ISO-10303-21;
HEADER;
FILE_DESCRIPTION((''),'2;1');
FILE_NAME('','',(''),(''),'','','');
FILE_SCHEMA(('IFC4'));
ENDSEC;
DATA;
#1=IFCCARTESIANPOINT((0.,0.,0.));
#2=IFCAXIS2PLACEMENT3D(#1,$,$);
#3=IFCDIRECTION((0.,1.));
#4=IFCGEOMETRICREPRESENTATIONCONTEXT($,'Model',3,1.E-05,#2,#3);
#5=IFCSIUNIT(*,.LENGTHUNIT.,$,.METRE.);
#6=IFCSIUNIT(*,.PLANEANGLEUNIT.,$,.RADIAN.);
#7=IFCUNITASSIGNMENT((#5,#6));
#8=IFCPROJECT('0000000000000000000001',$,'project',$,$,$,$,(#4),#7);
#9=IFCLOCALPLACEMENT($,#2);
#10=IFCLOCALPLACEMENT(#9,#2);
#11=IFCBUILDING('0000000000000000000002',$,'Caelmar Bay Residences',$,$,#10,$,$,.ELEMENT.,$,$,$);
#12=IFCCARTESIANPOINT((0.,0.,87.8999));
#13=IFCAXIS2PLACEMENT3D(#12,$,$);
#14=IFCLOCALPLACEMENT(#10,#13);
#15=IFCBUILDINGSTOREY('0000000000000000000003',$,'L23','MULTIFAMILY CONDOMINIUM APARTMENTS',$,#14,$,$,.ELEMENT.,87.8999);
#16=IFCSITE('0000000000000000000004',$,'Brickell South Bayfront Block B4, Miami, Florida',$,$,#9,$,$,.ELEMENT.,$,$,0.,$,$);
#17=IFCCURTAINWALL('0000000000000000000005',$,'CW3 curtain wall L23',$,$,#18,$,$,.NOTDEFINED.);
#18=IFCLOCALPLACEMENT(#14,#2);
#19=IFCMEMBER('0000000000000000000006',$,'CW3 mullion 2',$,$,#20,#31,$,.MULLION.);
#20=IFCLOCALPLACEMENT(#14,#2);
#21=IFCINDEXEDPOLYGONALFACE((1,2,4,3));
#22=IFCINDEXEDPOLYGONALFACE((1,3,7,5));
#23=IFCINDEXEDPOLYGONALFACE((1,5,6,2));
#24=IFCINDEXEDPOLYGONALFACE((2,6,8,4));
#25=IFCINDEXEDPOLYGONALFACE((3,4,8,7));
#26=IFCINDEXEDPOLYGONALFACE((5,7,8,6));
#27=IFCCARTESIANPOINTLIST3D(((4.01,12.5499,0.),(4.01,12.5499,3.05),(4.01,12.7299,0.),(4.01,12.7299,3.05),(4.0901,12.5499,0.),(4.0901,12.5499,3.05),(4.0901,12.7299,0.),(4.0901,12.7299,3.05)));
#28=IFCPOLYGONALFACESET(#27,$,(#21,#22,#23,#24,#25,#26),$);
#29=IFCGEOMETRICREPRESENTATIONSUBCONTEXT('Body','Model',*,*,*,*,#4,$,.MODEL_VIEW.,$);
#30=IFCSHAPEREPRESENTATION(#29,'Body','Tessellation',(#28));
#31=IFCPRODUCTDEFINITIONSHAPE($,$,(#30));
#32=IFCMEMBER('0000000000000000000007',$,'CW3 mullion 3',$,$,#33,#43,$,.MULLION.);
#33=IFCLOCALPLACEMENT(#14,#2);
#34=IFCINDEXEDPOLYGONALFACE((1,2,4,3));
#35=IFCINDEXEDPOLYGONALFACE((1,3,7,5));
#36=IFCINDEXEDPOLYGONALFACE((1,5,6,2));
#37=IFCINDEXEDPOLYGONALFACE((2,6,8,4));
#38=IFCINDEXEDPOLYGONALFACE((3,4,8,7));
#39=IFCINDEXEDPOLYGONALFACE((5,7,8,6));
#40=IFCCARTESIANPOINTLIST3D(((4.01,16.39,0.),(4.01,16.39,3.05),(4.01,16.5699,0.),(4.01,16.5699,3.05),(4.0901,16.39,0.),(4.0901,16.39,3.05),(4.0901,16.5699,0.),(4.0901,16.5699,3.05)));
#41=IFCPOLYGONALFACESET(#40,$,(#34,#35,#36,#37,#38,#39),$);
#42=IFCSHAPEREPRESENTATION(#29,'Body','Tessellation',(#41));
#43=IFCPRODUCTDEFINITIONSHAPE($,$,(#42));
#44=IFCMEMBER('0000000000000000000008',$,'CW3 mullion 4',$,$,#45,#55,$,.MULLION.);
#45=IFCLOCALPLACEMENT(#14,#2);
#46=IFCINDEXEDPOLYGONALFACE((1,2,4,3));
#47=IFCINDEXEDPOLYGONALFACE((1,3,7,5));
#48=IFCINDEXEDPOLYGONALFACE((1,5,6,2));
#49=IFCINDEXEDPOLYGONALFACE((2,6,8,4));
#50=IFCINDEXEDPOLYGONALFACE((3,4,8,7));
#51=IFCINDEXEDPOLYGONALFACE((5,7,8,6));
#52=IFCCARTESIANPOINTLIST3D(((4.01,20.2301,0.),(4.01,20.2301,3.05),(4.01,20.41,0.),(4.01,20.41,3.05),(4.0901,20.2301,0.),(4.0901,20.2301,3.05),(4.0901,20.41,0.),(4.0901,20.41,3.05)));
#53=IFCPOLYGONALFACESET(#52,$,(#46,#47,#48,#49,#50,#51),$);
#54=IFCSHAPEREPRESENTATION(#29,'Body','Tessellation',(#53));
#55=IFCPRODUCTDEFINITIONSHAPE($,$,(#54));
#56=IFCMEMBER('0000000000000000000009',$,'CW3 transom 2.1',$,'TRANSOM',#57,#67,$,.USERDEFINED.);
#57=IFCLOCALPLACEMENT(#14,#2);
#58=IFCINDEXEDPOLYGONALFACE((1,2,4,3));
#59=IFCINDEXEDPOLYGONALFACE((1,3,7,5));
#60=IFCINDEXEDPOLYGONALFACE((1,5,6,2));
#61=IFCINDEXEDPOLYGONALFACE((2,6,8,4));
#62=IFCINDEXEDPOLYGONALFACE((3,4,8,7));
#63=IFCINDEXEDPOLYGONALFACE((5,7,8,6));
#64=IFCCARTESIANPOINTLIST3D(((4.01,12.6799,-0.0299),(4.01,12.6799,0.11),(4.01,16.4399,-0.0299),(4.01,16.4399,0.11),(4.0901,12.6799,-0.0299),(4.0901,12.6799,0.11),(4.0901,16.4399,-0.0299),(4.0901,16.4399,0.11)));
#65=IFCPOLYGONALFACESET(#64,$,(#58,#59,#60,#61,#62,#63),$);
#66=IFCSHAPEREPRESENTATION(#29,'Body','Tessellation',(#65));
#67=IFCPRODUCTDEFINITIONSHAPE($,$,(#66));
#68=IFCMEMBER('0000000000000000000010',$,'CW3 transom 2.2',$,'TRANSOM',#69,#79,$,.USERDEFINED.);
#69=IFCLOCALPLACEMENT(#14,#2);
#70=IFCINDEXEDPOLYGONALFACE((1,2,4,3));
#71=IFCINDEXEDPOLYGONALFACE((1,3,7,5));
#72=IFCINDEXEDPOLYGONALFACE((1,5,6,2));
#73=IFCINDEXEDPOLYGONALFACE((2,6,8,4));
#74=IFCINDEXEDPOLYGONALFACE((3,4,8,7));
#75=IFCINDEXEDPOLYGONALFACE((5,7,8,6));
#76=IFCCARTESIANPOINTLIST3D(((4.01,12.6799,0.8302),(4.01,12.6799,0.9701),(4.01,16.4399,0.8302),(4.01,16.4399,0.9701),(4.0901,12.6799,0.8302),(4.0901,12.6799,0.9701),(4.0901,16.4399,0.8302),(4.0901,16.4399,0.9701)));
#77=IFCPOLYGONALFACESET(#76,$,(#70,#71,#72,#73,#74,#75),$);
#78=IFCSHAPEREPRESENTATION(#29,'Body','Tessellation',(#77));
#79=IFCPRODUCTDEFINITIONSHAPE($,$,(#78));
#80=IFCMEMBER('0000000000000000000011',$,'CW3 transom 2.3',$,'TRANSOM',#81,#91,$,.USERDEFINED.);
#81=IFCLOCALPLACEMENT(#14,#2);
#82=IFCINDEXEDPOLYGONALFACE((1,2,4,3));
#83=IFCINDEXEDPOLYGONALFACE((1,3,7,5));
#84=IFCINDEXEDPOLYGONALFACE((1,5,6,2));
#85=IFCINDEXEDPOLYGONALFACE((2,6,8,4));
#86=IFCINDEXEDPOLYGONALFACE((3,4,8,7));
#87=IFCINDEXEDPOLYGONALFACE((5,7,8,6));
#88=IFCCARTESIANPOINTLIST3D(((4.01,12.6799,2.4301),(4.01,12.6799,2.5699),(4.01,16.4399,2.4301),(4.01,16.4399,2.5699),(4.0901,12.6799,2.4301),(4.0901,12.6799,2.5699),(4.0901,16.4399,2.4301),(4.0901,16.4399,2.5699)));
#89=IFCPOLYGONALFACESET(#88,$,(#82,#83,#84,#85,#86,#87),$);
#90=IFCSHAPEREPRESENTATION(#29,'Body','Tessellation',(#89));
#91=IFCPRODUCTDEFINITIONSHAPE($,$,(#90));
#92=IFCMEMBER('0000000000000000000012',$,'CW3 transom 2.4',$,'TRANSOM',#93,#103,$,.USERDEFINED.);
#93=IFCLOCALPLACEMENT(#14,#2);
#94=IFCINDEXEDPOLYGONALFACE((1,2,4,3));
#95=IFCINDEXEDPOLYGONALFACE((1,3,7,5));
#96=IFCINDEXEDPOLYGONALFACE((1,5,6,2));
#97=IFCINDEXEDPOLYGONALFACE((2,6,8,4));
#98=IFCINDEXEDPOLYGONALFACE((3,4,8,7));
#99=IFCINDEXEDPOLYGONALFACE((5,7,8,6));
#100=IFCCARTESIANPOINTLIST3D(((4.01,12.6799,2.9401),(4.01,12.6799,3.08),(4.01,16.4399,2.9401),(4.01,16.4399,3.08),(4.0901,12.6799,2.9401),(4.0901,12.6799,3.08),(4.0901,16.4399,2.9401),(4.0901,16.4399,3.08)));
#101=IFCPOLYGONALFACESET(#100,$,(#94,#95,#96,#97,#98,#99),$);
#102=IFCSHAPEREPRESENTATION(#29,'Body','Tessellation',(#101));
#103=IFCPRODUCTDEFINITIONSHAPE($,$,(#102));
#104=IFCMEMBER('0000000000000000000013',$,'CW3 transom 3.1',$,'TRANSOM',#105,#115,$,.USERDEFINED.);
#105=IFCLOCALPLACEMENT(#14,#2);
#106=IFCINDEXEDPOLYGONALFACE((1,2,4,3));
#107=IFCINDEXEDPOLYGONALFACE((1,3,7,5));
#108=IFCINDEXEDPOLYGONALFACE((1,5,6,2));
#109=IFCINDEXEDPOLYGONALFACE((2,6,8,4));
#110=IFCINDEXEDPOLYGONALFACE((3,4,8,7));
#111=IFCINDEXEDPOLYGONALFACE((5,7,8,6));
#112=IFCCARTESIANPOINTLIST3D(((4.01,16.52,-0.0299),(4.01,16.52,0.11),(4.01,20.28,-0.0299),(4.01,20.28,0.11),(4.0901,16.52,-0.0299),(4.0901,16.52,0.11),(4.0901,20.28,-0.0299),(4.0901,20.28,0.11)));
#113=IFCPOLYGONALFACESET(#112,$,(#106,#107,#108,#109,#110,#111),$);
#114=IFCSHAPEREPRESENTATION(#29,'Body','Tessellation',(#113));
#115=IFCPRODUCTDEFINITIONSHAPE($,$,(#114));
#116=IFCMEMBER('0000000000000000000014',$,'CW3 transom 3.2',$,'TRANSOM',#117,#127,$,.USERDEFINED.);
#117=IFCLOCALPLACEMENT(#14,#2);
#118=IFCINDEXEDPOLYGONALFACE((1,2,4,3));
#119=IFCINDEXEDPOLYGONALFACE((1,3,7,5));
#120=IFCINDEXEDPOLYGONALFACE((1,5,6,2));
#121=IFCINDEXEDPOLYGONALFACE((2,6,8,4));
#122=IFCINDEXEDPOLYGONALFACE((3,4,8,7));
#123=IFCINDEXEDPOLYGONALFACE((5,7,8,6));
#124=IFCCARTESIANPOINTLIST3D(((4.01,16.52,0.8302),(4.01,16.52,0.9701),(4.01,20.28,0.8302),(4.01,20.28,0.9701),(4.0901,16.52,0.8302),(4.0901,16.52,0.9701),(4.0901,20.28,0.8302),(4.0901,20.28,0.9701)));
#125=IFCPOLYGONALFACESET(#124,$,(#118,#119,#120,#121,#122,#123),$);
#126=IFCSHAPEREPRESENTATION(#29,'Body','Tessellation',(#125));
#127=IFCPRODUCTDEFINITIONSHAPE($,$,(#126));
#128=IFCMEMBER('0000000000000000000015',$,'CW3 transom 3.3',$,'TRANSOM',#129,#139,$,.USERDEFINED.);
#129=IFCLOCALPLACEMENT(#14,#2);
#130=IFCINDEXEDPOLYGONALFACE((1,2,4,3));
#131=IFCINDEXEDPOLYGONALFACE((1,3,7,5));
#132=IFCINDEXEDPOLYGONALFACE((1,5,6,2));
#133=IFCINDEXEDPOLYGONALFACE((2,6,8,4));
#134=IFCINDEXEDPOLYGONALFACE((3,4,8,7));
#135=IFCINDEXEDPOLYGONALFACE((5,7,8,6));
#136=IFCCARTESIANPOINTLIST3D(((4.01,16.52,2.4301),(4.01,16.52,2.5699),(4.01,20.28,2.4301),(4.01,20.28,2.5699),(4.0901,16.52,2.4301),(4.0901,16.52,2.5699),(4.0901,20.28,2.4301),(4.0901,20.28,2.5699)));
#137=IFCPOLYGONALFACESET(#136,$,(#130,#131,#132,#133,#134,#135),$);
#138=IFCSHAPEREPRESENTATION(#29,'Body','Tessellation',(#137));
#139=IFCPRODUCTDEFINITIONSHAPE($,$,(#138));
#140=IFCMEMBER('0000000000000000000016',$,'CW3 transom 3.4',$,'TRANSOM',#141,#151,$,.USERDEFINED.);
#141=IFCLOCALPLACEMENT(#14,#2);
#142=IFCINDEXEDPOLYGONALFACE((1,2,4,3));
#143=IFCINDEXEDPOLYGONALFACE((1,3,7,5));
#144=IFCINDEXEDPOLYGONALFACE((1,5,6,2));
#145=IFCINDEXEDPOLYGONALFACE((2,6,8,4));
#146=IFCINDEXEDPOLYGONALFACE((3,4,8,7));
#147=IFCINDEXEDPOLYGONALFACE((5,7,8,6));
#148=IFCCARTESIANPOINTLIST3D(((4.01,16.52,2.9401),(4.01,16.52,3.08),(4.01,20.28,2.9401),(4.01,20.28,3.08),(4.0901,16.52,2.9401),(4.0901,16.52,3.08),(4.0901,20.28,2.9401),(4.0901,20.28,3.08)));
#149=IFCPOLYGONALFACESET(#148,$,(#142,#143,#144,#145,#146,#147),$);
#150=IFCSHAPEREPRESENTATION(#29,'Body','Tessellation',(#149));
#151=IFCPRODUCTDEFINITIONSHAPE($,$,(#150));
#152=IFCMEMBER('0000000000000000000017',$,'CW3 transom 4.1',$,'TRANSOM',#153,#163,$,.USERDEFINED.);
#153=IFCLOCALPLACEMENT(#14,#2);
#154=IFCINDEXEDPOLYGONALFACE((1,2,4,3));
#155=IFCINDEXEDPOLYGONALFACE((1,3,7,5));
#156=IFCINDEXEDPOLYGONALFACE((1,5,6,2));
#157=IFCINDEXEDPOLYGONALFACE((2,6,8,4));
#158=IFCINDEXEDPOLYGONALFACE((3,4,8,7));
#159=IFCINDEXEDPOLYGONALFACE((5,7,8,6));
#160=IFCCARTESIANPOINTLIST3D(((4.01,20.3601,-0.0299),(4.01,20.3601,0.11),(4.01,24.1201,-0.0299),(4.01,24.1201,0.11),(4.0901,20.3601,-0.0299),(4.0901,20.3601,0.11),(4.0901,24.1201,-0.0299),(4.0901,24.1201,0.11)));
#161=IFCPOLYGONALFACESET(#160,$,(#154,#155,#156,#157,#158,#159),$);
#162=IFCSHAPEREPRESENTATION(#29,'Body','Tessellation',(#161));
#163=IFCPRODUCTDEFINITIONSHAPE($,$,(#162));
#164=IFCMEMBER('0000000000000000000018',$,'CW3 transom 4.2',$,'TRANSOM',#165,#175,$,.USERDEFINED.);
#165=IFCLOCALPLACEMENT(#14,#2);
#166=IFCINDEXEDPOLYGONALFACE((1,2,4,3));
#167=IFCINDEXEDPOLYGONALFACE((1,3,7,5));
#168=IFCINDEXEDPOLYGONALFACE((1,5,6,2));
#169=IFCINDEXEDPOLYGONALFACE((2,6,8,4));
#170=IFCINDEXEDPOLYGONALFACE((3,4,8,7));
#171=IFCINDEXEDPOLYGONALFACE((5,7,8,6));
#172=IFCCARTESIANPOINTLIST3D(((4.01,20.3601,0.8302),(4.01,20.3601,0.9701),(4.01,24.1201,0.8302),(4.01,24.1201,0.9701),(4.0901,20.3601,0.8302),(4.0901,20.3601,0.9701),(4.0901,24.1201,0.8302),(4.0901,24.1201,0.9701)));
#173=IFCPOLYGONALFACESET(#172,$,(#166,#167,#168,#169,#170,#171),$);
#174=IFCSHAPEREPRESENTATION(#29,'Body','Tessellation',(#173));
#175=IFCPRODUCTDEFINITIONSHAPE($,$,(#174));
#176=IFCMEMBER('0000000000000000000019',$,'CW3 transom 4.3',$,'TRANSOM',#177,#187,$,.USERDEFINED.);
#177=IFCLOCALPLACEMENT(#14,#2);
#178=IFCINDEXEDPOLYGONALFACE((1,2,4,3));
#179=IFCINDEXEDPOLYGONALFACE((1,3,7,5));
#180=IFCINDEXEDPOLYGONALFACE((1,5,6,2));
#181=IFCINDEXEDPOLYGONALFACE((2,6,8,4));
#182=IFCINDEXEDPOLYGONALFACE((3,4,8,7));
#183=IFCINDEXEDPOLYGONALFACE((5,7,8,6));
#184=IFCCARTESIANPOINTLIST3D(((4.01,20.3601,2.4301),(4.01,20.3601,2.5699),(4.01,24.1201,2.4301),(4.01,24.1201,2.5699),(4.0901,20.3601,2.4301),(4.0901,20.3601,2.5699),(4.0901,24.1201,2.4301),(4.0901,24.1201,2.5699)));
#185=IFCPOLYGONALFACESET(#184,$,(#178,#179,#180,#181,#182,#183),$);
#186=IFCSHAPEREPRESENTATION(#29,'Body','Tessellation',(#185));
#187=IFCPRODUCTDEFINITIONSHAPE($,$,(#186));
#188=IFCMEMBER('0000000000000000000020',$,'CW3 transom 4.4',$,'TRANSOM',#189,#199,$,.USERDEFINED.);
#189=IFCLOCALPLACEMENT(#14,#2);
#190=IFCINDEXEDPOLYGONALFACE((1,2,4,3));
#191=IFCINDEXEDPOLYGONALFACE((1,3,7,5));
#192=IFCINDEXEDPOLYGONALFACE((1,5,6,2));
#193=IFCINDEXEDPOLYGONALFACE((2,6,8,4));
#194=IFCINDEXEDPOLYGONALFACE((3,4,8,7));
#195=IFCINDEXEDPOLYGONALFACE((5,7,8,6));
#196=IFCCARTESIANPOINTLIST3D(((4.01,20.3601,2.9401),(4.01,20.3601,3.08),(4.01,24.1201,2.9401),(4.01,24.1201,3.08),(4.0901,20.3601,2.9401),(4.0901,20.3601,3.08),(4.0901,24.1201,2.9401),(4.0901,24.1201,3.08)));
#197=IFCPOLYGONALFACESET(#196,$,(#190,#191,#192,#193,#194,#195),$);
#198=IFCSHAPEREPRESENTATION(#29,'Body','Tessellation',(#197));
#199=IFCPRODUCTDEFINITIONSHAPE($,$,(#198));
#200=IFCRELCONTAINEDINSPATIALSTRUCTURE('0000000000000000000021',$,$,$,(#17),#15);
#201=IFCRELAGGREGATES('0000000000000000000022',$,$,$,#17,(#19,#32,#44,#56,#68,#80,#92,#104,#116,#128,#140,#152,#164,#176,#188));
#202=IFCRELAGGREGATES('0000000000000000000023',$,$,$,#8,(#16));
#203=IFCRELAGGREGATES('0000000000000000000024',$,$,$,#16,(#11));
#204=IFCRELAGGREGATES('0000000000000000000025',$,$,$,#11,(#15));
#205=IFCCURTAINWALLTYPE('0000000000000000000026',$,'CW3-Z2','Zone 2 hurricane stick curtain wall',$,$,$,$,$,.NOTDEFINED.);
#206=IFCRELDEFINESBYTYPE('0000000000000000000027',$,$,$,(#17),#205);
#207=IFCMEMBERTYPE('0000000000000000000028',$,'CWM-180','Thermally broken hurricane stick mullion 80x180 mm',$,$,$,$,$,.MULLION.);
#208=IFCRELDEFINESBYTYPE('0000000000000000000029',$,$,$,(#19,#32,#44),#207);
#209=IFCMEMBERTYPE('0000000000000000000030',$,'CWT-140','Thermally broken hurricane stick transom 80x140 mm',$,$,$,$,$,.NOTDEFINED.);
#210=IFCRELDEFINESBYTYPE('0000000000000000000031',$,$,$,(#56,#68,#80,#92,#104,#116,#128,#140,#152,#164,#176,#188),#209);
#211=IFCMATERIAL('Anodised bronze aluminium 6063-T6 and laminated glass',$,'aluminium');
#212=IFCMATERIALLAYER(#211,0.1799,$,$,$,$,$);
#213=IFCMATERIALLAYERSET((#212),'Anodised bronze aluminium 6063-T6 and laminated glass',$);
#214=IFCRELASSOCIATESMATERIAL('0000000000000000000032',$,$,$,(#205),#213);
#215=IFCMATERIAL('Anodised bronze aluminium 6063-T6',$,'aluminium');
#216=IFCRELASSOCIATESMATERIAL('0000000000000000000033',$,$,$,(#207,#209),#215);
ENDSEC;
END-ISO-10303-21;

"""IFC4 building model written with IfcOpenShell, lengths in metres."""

from ifc_helpers import new_model, si_unit, direction, frame, origin, origin_2d, place, context, subcontext, project, spatial, rectangle, extrude, material, layer, layer_set, material_profile, profile_set, type_object, element, aggregate, save


model = new_model("IFC4")

# Units and contexts
model_context = context("Model", 3, precision=1e-05, world=origin(), true_north=direction((0.0, 1.0)))
body_context = subcontext(model_context, "Body", "Model", "MODEL_VIEW")
ifc_project = project(units=[si_unit("LENGTHUNIT", "METRE"), si_unit("PLANEANGLEUNIT", "RADIAN")], contexts=[model_context])

# Site, building, storey
site_placement = place(None, origin())
site = spatial("IfcSite", under=ifc_project, at=site_placement, Name="Brickell South Bayfront Block B4, Miami, Florida", CompositionType="ELEMENT", RefElevation=0.0)
building_placement = place(site_placement, origin())
building = spatial("IfcBuilding", under=site, at=building_placement, Name="Caelmar Bay Residences", CompositionType="ELEMENT")
storey_placement = place(building_placement, frame((0.0, 0.0, 87.8999)))
storey = spatial("IfcBuildingStorey", under=building, at=storey_placement, Name="L23", Description="MULTIFAMILY CONDOMINIUM APARTMENTS", CompositionType="ELEMENT", Elevation=87.8999)

# Curtain wall, members
ifc_material_1 = material(Name="Anodised bronze aluminium 6063-T6 and laminated glass", Category="aluminium")
ifc_layer_1 = layer(ifc_material_1, 0.1799)
ifc_layer_set_1 = layer_set([ifc_layer_1], Name="Anodised bronze aluminium 6063-T6 and laminated glass")
curtain_wall_type = type_object("IfcCurtainWallType", Name="CW3-Z2", Description="Zone 2 hurricane stick curtain wall", PredefinedType="NOTDEFINED", material=ifc_layer_set_1)
curtain_wall_placement = place(storey_placement, origin())
curtain_wall = element("IfcCurtainWall", 1, at=curtain_wall_placement, inside=storey, type_object=curtain_wall_type, Name="CW3 curtain wall L23", PredefinedType="NOTDEFINED")
ifc_material_2 = material(Name="Anodised bronze aluminium 6063-T6", Category="aluminium")
ifc_material_profile_1 = material_profile(ifc_material_2, rectangle(XDim=0.0801, YDim=0.1799, at=origin_2d()), Name="CWM-80X180")
ifc_profile_set_1 = profile_set([ifc_material_profile_1], Name="Anodised bronze aluminium 6063-T6")
member_type_1 = type_object("IfcMemberType", Name="CWM-180", Description="Thermally broken hurricane stick mullion 80x180 mm", PredefinedType="MULLION", material=ifc_profile_set_1)
member_1_placement = place(storey_placement, frame((4.05, 12.6399, 0.0), z_axis=(0.0, 0.0, 1.0), x_axis=(-1.0, 0.0, 0.0)))
member_1 = element("IfcMember", 2, at=member_1_placement, type_object=member_type_1, Name="CW3 mullion 2", PredefinedType="MULLION", context=body_context, shape_type="SweptSolid", body=[
    extrude(rectangle(XDim=0.0801, YDim=0.1799, at=origin_2d()), origin(), (0.0, 0.0, 1.0), 3.05),
])
member_2_placement = place(storey_placement, frame((4.05, 16.48, 0.0), z_axis=(0.0, 0.0, 1.0), x_axis=(-1.0, 0.0, 0.0)))
member_2 = element("IfcMember", 3, at=member_2_placement, type_object=member_type_1, Name="CW3 mullion 3", PredefinedType="MULLION", context=body_context, shape_type="SweptSolid", body=[
    extrude(rectangle(XDim=0.0801, YDim=0.1799, at=origin_2d()), origin(), (0.0, 0.0, 1.0), 3.05),
])
member_3_placement = place(storey_placement, frame((4.05, 20.3201, 0.0), z_axis=(0.0, 0.0, 1.0), x_axis=(-1.0, 0.0, 0.0)))
member_3 = element("IfcMember", 4, at=member_3_placement, type_object=member_type_1, Name="CW3 mullion 4", PredefinedType="MULLION", context=body_context, shape_type="SweptSolid", body=[
    extrude(rectangle(XDim=0.0801, YDim=0.1799, at=origin_2d()), origin(), (0.0, 0.0, 1.0), 3.05),
])
ifc_material_profile_2 = material_profile(ifc_material_2, rectangle(XDim=0.0801, YDim=0.1399, at=origin_2d()), Name="CWT-80X140")
ifc_profile_set_2 = profile_set([ifc_material_profile_2], Name="Anodised bronze aluminium 6063-T6")
member_type_2 = type_object("IfcMemberType", Name="CWT-140", Description="Thermally broken hurricane stick transom 80x140 mm", PredefinedType="NOTDEFINED", material=ifc_profile_set_2)
member_4_placement = place(storey_placement, frame((4.05, 12.6799, 0.04), z_axis=(0.0, 1.0, 0.0), x_axis=(-1.0, 0.0, 0.0)))
member_4 = element("IfcMember", 5, at=member_4_placement, type_object=member_type_2, Name="CW3 transom 2.1", ObjectType="TRANSOM", PredefinedType="USERDEFINED", context=body_context, shape_type="SweptSolid", body=[
    extrude(rectangle(XDim=0.0801, YDim=0.1399, at=origin_2d()), origin(), (0.0, 0.0, 1.0), 3.76),
])
member_5_placement = place(storey_placement, frame((4.05, 12.6799, 0.9001), z_axis=(0.0, 1.0, 0.0), x_axis=(-1.0, 0.0, 0.0)))
member_5 = element("IfcMember", 6, at=member_5_placement, type_object=member_type_2, Name="CW3 transom 2.2", ObjectType="TRANSOM", PredefinedType="USERDEFINED", context=body_context, shape_type="SweptSolid", body=[
    extrude(rectangle(XDim=0.0801, YDim=0.1399, at=origin_2d()), origin(), (0.0, 0.0, 1.0), 3.76),
])
member_6_placement = place(storey_placement, frame((4.05, 12.6799, 2.5), z_axis=(0.0, 1.0, 0.0), x_axis=(-1.0, 0.0, 0.0)))
member_6 = element("IfcMember", 7, at=member_6_placement, type_object=member_type_2, Name="CW3 transom 2.3", ObjectType="TRANSOM", PredefinedType="USERDEFINED", context=body_context, shape_type="SweptSolid", body=[
    extrude(rectangle(XDim=0.0801, YDim=0.1399, at=origin_2d()), origin(), (0.0, 0.0, 1.0), 3.76),
])
member_7_placement = place(storey_placement, frame((4.05, 12.6799, 3.01), z_axis=(0.0, 1.0, 0.0), x_axis=(-1.0, 0.0, 0.0)))
member_7 = element("IfcMember", 8, at=member_7_placement, type_object=member_type_2, Name="CW3 transom 2.4", ObjectType="TRANSOM", PredefinedType="USERDEFINED", context=body_context, shape_type="SweptSolid", body=[
    extrude(rectangle(XDim=0.0801, YDim=0.1399, at=origin_2d()), origin(), (0.0, 0.0, 1.0), 3.76),
])
member_8_placement = place(storey_placement, frame((4.05, 16.52, 0.04), z_axis=(0.0, 1.0, 0.0), x_axis=(-1.0, 0.0, 0.0)))
member_8 = element("IfcMember", 9, at=member_8_placement, type_object=member_type_2, Name="CW3 transom 3.1", ObjectType="TRANSOM", PredefinedType="USERDEFINED", context=body_context, shape_type="SweptSolid", body=[
    extrude(rectangle(XDim=0.0801, YDim=0.1399, at=origin_2d()), origin(), (0.0, 0.0, 1.0), 3.76),
])
member_9_placement = place(storey_placement, frame((4.05, 16.52, 0.9001), z_axis=(0.0, 1.0, 0.0), x_axis=(-1.0, 0.0, 0.0)))
member_9 = element("IfcMember", 10, at=member_9_placement, type_object=member_type_2, Name="CW3 transom 3.2", ObjectType="TRANSOM", PredefinedType="USERDEFINED", context=body_context, shape_type="SweptSolid", body=[
    extrude(rectangle(XDim=0.0801, YDim=0.1399, at=origin_2d()), origin(), (0.0, 0.0, 1.0), 3.76),
])
member_10_placement = place(storey_placement, frame((4.05, 16.52, 2.5), z_axis=(0.0, 1.0, 0.0), x_axis=(-1.0, 0.0, 0.0)))
member_10 = element("IfcMember", 11, at=member_10_placement, type_object=member_type_2, Name="CW3 transom 3.3", ObjectType="TRANSOM", PredefinedType="USERDEFINED", context=body_context, shape_type="SweptSolid", body=[
    extrude(rectangle(XDim=0.0801, YDim=0.1399, at=origin_2d()), origin(), (0.0, 0.0, 1.0), 3.76),
])
member_11_placement = place(storey_placement, frame((4.05, 16.52, 3.01), z_axis=(0.0, 1.0, 0.0), x_axis=(-1.0, 0.0, 0.0)))
member_11 = element("IfcMember", 12, at=member_11_placement, type_object=member_type_2, Name="CW3 transom 3.4", ObjectType="TRANSOM", PredefinedType="USERDEFINED", context=body_context, shape_type="SweptSolid", body=[
    extrude(rectangle(XDim=0.0801, YDim=0.1399, at=origin_2d()), origin(), (0.0, 0.0, 1.0), 3.76),
])
member_12_placement = place(storey_placement, frame((4.05, 20.3601, 0.04), z_axis=(0.0, 1.0, 0.0), x_axis=(-1.0, 0.0, 0.0)))
member_12 = element("IfcMember", 13, at=member_12_placement, type_object=member_type_2, Name="CW3 transom 4.1", ObjectType="TRANSOM", PredefinedType="USERDEFINED", context=body_context, shape_type="SweptSolid", body=[
    extrude(rectangle(XDim=0.0801, YDim=0.1399, at=origin_2d()), origin(), (0.0, 0.0, 1.0), 3.76),
])
member_13_placement = place(storey_placement, frame((4.05, 20.3601, 0.9001), z_axis=(0.0, 1.0, 0.0), x_axis=(-1.0, 0.0, 0.0)))
member_13 = element("IfcMember", 14, at=member_13_placement, type_object=member_type_2, Name="CW3 transom 4.2", ObjectType="TRANSOM", PredefinedType="USERDEFINED", context=body_context, shape_type="SweptSolid", body=[
    extrude(rectangle(XDim=0.0801, YDim=0.1399, at=origin_2d()), origin(), (0.0, 0.0, 1.0), 3.76),
])
member_14_placement = place(storey_placement, frame((4.05, 20.3601, 2.5), z_axis=(0.0, 1.0, 0.0), x_axis=(-1.0, 0.0, 0.0)))
member_14 = element("IfcMember", 15, at=member_14_placement, type_object=member_type_2, Name="CW3 transom 4.3", ObjectType="TRANSOM", PredefinedType="USERDEFINED", context=body_context, shape_type="SweptSolid", body=[
    extrude(rectangle(XDim=0.0801, YDim=0.1399, at=origin_2d()), origin(), (0.0, 0.0, 1.0), 3.76),
])
member_15_placement = place(storey_placement, frame((4.05, 20.3601, 3.01), z_axis=(0.0, 1.0, 0.0), x_axis=(-1.0, 0.0, 0.0)))
member_15 = element("IfcMember", 16, at=member_15_placement, type_object=member_type_2, Name="CW3 transom 4.4", ObjectType="TRANSOM", PredefinedType="USERDEFINED", context=body_context, shape_type="SweptSolid", body=[
    extrude(rectangle(XDim=0.0801, YDim=0.1399, at=origin_2d()), origin(), (0.0, 0.0, 1.0), 3.76),
])
aggregate(curtain_wall, [member_1, member_2, member_3, member_4, member_5, member_6, member_7, member_8, member_9, member_10, member_11, member_12, member_13, member_14, member_15])

save(model, "model.ifc")
